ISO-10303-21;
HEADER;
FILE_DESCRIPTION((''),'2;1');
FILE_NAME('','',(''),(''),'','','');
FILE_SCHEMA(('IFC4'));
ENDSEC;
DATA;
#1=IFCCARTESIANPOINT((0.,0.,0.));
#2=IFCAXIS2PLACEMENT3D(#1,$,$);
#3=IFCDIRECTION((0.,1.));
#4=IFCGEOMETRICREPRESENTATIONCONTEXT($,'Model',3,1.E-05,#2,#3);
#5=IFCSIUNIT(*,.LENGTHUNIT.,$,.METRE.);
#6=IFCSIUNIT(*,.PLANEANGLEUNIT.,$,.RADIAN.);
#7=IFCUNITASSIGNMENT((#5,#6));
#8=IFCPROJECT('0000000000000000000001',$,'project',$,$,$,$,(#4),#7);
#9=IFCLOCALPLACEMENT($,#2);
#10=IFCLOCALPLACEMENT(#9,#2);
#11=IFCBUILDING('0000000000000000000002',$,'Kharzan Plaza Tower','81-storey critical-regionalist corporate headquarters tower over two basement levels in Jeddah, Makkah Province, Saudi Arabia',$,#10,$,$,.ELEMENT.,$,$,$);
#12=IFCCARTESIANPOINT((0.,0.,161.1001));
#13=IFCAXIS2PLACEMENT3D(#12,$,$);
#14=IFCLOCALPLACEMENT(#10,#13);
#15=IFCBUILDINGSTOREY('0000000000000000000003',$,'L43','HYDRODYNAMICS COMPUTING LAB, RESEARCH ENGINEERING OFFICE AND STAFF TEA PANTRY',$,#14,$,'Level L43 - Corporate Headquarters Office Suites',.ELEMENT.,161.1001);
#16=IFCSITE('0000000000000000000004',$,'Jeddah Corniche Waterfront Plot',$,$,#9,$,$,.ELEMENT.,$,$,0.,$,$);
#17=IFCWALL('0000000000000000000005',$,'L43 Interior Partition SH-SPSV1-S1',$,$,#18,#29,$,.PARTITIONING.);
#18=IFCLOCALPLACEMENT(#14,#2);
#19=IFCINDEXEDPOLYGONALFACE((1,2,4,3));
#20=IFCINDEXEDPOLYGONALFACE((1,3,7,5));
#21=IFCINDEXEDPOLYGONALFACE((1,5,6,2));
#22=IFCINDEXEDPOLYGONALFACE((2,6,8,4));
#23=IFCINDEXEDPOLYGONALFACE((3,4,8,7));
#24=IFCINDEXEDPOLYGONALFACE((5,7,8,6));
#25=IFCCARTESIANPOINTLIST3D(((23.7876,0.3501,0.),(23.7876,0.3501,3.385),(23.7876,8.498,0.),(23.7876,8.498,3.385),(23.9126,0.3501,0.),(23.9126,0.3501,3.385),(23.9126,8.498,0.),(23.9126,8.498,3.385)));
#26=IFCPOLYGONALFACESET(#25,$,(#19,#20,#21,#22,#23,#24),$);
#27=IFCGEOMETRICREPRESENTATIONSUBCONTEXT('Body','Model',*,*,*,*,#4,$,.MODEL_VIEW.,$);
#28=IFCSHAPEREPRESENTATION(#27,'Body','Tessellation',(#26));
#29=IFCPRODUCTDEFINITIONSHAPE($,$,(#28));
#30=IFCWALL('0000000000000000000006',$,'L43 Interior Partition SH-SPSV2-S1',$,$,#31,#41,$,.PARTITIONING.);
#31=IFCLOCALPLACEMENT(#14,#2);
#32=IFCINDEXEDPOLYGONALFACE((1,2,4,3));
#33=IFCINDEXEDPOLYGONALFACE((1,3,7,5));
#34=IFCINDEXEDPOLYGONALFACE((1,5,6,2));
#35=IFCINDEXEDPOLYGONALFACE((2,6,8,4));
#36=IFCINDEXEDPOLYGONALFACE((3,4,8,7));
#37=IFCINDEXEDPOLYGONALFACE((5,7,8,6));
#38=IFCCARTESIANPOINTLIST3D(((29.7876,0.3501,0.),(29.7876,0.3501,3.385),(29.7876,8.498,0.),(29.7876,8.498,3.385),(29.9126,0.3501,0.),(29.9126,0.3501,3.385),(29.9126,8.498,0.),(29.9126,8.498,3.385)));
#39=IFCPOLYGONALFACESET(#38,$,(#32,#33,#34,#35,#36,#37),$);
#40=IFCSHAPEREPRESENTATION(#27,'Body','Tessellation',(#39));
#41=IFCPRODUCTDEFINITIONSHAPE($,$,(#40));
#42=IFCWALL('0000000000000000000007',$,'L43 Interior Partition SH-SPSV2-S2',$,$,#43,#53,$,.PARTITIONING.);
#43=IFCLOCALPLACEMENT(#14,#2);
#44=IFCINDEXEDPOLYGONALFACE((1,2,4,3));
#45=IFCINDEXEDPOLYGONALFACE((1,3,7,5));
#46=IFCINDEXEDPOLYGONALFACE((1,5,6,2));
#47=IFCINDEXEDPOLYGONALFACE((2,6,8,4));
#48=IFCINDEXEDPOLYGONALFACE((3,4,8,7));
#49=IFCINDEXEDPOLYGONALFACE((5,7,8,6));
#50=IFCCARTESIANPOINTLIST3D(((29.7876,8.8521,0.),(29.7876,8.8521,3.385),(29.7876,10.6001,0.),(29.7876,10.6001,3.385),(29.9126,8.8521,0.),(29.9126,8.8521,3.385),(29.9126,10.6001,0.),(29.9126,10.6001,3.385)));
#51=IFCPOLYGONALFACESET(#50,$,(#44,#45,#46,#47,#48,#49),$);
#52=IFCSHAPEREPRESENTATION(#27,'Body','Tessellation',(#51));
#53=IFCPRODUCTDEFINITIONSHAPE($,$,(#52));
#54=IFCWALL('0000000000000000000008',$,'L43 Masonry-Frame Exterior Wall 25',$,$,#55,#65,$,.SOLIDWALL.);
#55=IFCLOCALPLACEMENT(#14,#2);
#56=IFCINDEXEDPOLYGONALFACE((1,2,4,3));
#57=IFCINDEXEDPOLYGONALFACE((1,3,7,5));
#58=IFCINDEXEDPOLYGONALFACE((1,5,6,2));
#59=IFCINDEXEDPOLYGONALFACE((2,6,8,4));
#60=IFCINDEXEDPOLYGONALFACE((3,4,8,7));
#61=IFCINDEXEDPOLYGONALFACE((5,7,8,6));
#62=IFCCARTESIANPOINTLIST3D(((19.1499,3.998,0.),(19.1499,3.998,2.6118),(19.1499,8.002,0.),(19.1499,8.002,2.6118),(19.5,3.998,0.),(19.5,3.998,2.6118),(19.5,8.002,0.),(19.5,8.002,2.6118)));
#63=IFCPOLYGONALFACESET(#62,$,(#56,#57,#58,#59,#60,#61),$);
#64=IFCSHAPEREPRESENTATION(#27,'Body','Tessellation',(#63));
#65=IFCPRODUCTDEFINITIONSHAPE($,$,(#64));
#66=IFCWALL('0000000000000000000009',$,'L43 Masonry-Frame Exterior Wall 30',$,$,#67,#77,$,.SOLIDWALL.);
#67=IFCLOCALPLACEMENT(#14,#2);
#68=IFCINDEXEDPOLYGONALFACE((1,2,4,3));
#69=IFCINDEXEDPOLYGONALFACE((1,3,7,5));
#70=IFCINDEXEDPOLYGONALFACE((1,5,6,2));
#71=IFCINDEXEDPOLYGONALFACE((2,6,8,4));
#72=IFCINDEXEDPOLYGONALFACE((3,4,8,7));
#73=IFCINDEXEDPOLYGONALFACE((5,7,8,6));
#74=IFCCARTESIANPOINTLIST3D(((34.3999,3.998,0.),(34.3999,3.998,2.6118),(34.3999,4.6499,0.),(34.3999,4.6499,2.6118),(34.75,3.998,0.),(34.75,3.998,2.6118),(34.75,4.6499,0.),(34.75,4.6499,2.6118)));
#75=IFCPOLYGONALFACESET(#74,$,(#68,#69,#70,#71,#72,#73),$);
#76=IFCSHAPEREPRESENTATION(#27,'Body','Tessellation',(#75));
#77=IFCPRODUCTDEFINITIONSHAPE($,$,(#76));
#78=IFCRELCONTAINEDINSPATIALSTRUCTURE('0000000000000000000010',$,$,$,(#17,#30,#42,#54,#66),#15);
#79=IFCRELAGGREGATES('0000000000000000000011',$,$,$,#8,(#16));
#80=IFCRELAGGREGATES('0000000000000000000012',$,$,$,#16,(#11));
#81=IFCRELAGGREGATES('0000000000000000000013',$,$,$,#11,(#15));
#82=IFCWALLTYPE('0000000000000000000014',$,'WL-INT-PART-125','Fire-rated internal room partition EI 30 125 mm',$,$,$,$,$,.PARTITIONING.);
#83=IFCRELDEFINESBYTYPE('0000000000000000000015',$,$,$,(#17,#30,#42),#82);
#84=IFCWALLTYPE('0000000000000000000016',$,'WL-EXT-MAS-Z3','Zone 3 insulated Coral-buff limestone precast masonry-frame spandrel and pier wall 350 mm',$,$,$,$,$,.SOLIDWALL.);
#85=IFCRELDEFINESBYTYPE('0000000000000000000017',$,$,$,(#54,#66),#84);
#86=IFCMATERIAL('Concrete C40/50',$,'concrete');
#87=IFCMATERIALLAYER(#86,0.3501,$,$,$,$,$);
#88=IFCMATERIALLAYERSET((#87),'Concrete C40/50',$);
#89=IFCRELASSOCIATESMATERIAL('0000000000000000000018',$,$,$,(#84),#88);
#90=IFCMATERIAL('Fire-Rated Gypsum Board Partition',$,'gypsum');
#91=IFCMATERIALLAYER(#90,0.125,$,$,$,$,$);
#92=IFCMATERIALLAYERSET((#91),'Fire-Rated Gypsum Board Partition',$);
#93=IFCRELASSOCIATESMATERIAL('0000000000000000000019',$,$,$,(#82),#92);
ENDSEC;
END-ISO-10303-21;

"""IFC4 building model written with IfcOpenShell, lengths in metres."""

from ifc_helpers import new_model, si_unit, direction, frame, frame_2d, origin, place, context, subcontext, project, spatial, rectangle, extrude, source, transform, mapped, material, layer, layer_set, type_object, element, save


model = new_model("IFC4")

# Units and contexts
model_context = context("Model", 3, precision=1e-05, world=origin(), true_north=direction((0.0, 1.0)))
body_context = subcontext(model_context, "Body", "Model", "MODEL_VIEW")
ifc_project = project(units=[si_unit("LENGTHUNIT", "METRE"), si_unit("PLANEANGLEUNIT", "RADIAN")], contexts=[model_context])

# Site, building, storey
site_placement = place(None, origin())
site = spatial("IfcSite", under=ifc_project, at=site_placement, Name="Jeddah Corniche Waterfront Plot", CompositionType="ELEMENT", RefElevation=0.0)
building_placement = place(site_placement, origin())
building = spatial("IfcBuilding", under=site, at=building_placement, Name="Kharzan Plaza Tower", Description="81-storey critical-regionalist corporate headquarters tower over two basement levels in Jeddah, Makkah Province, Saudi Arabia", CompositionType="ELEMENT")
storey_placement = place(building_placement, frame((0.0, 0.0, 161.1001)))
storey = spatial("IfcBuildingStorey", under=building, at=storey_placement, Name="L43", Description="HYDRODYNAMICS COMPUTING LAB, RESEARCH ENGINEERING OFFICE AND STAFF TEA PANTRY", LongName="Level L43 - Corporate Headquarters Office Suites", CompositionType="ELEMENT", Elevation=161.1001)

# Shared definitions
ifc_material_1 = material(Name="Concrete C40/50", Category="concrete")
ifc_layer_1 = layer(ifc_material_1, 0.3501)
ifc_layer_set_1 = layer_set([ifc_layer_1], Name="Concrete C40/50")
wall_type_1 = type_object("IfcWallType", Name="WL-EXT-MAS-Z3", Description="Zone 3 insulated Coral-buff limestone precast masonry-frame spandrel and pier wall 350 mm", PredefinedType="SOLIDWALL", material=ifc_layer_set_1)

# Walls
ifc_material_2 = material(Name="Fire-Rated Gypsum Board Partition", Category="gypsum")
ifc_layer_2 = layer(ifc_material_2, 0.125)
ifc_layer_set_2 = layer_set([ifc_layer_2], Name="Fire-Rated Gypsum Board Partition")
wall_type_2 = type_object("IfcWallType", Name="WL-INT-PART-125", Description="Fire-rated internal room partition EI 30 125 mm", PredefinedType="PARTITIONING", material=ifc_layer_set_2)
shared_shape_1 = source(origin(), body_context, "Body", "SweptSolid", [
    extrude(rectangle(XDim=8.1479, YDim=0.125, at=frame_2d((4.074, 0.0))), origin(), (0.0, 0.0, 1.0), 3.385),
])
for number, where, z_axis, x_axis, name in (
    (1, (23.8501, 0.3501, 0.0), (0.0, 0.0, 1.0), (0.0, 1.0, 0.0), "L43 Interior Partition SH-SPSV1-S1"),
    (2, (29.8501, 0.3501, 0.0), (0.0, 0.0, 1.0), (0.0, 1.0, 0.0), "L43 Interior Partition SH-SPSV2-S1"),
):
    element("IfcWall", number, at=place(storey_placement, frame(where, z_axis=z_axis, x_axis=x_axis)), inside=storey, type_object=wall_type_2, Name=name, PredefinedType="PARTITIONING", context=body_context, shape_type="MappedRepresentation", body=[
        mapped(shared_shape_1, transform((0.0, 0.0, 0.0), x_axis=(1.0, 0.0, 0.0), y_axis=(0.0, 1.0, 0.0), z_axis=(0.0, 0.0, 1.0))),
    ])
shared_shape_2 = source(origin(), body_context, "Body", "SweptSolid", [
    extrude(rectangle(XDim=1.748, YDim=0.125, at=frame_2d((0.874, 0.0))), origin(), (0.0, 0.0, 1.0), 3.385),
])
wall_1_placement = place(storey_placement, frame((29.8501, 8.8521, 0.0), z_axis=(0.0, 0.0, 1.0), x_axis=(0.0, 1.0, 0.0)))
element("IfcWall", 3, at=wall_1_placement, inside=storey, type_object=wall_type_2, Name="L43 Interior Partition SH-SPSV2-S2", PredefinedType="PARTITIONING", context=body_context, shape_type="MappedRepresentation", body=[
    mapped(shared_shape_2, transform((0.0, 0.0, 0.0), x_axis=(1.0, 0.0, 0.0), y_axis=(0.0, 1.0, 0.0), z_axis=(0.0, 0.0, 1.0))),
])
shared_shape_3 = source(origin(), body_context, "Body", "SweptSolid", [
    extrude(rectangle(XDim=4.0039, YDim=0.3501, at=frame_2d((2.002, 0.0))), origin(), (0.0, 0.0, 1.0), 2.6118),
])
wall_2_placement = place(storey_placement, frame((19.325, 3.998, 0.0), z_axis=(0.0, 0.0, 1.0), x_axis=(0.0, 1.0, 0.0)))
element("IfcWall", 4, at=wall_2_placement, inside=storey, type_object=wall_type_1, Name="L43 Masonry-Frame Exterior Wall 25", PredefinedType="SOLIDWALL", context=body_context, shape_type="MappedRepresentation", body=[
    mapped(shared_shape_3, transform((0.0, 0.0, 0.0), x_axis=(1.0, 0.0, 0.0), y_axis=(0.0, 1.0, 0.0), z_axis=(0.0, 0.0, 1.0))),
])
shared_shape_4 = source(origin(), body_context, "Body", "SweptSolid", [
    extrude(rectangle(XDim=0.6519, YDim=0.3501, at=frame_2d((0.3259, 0.0))), origin(), (0.0, 0.0, 1.0), 2.6118),
])
wall_3_placement = place(storey_placement, frame((34.575, 4.6499, 0.0), z_axis=(0.0, 0.0, 1.0), x_axis=(0.0, -1.0, 0.0)))
element("IfcWall", 5, at=wall_3_placement, inside=storey, type_object=wall_type_1, Name="L43 Masonry-Frame Exterior Wall 30", PredefinedType="SOLIDWALL", context=body_context, shape_type="MappedRepresentation", body=[
    mapped(shared_shape_4, transform((0.0, 0.0, 0.0), x_axis=(1.0, 0.0, 0.0), y_axis=(0.0, 1.0, 0.0), z_axis=(0.0, 0.0, 1.0))),
])

save(model, "model.ifc")
